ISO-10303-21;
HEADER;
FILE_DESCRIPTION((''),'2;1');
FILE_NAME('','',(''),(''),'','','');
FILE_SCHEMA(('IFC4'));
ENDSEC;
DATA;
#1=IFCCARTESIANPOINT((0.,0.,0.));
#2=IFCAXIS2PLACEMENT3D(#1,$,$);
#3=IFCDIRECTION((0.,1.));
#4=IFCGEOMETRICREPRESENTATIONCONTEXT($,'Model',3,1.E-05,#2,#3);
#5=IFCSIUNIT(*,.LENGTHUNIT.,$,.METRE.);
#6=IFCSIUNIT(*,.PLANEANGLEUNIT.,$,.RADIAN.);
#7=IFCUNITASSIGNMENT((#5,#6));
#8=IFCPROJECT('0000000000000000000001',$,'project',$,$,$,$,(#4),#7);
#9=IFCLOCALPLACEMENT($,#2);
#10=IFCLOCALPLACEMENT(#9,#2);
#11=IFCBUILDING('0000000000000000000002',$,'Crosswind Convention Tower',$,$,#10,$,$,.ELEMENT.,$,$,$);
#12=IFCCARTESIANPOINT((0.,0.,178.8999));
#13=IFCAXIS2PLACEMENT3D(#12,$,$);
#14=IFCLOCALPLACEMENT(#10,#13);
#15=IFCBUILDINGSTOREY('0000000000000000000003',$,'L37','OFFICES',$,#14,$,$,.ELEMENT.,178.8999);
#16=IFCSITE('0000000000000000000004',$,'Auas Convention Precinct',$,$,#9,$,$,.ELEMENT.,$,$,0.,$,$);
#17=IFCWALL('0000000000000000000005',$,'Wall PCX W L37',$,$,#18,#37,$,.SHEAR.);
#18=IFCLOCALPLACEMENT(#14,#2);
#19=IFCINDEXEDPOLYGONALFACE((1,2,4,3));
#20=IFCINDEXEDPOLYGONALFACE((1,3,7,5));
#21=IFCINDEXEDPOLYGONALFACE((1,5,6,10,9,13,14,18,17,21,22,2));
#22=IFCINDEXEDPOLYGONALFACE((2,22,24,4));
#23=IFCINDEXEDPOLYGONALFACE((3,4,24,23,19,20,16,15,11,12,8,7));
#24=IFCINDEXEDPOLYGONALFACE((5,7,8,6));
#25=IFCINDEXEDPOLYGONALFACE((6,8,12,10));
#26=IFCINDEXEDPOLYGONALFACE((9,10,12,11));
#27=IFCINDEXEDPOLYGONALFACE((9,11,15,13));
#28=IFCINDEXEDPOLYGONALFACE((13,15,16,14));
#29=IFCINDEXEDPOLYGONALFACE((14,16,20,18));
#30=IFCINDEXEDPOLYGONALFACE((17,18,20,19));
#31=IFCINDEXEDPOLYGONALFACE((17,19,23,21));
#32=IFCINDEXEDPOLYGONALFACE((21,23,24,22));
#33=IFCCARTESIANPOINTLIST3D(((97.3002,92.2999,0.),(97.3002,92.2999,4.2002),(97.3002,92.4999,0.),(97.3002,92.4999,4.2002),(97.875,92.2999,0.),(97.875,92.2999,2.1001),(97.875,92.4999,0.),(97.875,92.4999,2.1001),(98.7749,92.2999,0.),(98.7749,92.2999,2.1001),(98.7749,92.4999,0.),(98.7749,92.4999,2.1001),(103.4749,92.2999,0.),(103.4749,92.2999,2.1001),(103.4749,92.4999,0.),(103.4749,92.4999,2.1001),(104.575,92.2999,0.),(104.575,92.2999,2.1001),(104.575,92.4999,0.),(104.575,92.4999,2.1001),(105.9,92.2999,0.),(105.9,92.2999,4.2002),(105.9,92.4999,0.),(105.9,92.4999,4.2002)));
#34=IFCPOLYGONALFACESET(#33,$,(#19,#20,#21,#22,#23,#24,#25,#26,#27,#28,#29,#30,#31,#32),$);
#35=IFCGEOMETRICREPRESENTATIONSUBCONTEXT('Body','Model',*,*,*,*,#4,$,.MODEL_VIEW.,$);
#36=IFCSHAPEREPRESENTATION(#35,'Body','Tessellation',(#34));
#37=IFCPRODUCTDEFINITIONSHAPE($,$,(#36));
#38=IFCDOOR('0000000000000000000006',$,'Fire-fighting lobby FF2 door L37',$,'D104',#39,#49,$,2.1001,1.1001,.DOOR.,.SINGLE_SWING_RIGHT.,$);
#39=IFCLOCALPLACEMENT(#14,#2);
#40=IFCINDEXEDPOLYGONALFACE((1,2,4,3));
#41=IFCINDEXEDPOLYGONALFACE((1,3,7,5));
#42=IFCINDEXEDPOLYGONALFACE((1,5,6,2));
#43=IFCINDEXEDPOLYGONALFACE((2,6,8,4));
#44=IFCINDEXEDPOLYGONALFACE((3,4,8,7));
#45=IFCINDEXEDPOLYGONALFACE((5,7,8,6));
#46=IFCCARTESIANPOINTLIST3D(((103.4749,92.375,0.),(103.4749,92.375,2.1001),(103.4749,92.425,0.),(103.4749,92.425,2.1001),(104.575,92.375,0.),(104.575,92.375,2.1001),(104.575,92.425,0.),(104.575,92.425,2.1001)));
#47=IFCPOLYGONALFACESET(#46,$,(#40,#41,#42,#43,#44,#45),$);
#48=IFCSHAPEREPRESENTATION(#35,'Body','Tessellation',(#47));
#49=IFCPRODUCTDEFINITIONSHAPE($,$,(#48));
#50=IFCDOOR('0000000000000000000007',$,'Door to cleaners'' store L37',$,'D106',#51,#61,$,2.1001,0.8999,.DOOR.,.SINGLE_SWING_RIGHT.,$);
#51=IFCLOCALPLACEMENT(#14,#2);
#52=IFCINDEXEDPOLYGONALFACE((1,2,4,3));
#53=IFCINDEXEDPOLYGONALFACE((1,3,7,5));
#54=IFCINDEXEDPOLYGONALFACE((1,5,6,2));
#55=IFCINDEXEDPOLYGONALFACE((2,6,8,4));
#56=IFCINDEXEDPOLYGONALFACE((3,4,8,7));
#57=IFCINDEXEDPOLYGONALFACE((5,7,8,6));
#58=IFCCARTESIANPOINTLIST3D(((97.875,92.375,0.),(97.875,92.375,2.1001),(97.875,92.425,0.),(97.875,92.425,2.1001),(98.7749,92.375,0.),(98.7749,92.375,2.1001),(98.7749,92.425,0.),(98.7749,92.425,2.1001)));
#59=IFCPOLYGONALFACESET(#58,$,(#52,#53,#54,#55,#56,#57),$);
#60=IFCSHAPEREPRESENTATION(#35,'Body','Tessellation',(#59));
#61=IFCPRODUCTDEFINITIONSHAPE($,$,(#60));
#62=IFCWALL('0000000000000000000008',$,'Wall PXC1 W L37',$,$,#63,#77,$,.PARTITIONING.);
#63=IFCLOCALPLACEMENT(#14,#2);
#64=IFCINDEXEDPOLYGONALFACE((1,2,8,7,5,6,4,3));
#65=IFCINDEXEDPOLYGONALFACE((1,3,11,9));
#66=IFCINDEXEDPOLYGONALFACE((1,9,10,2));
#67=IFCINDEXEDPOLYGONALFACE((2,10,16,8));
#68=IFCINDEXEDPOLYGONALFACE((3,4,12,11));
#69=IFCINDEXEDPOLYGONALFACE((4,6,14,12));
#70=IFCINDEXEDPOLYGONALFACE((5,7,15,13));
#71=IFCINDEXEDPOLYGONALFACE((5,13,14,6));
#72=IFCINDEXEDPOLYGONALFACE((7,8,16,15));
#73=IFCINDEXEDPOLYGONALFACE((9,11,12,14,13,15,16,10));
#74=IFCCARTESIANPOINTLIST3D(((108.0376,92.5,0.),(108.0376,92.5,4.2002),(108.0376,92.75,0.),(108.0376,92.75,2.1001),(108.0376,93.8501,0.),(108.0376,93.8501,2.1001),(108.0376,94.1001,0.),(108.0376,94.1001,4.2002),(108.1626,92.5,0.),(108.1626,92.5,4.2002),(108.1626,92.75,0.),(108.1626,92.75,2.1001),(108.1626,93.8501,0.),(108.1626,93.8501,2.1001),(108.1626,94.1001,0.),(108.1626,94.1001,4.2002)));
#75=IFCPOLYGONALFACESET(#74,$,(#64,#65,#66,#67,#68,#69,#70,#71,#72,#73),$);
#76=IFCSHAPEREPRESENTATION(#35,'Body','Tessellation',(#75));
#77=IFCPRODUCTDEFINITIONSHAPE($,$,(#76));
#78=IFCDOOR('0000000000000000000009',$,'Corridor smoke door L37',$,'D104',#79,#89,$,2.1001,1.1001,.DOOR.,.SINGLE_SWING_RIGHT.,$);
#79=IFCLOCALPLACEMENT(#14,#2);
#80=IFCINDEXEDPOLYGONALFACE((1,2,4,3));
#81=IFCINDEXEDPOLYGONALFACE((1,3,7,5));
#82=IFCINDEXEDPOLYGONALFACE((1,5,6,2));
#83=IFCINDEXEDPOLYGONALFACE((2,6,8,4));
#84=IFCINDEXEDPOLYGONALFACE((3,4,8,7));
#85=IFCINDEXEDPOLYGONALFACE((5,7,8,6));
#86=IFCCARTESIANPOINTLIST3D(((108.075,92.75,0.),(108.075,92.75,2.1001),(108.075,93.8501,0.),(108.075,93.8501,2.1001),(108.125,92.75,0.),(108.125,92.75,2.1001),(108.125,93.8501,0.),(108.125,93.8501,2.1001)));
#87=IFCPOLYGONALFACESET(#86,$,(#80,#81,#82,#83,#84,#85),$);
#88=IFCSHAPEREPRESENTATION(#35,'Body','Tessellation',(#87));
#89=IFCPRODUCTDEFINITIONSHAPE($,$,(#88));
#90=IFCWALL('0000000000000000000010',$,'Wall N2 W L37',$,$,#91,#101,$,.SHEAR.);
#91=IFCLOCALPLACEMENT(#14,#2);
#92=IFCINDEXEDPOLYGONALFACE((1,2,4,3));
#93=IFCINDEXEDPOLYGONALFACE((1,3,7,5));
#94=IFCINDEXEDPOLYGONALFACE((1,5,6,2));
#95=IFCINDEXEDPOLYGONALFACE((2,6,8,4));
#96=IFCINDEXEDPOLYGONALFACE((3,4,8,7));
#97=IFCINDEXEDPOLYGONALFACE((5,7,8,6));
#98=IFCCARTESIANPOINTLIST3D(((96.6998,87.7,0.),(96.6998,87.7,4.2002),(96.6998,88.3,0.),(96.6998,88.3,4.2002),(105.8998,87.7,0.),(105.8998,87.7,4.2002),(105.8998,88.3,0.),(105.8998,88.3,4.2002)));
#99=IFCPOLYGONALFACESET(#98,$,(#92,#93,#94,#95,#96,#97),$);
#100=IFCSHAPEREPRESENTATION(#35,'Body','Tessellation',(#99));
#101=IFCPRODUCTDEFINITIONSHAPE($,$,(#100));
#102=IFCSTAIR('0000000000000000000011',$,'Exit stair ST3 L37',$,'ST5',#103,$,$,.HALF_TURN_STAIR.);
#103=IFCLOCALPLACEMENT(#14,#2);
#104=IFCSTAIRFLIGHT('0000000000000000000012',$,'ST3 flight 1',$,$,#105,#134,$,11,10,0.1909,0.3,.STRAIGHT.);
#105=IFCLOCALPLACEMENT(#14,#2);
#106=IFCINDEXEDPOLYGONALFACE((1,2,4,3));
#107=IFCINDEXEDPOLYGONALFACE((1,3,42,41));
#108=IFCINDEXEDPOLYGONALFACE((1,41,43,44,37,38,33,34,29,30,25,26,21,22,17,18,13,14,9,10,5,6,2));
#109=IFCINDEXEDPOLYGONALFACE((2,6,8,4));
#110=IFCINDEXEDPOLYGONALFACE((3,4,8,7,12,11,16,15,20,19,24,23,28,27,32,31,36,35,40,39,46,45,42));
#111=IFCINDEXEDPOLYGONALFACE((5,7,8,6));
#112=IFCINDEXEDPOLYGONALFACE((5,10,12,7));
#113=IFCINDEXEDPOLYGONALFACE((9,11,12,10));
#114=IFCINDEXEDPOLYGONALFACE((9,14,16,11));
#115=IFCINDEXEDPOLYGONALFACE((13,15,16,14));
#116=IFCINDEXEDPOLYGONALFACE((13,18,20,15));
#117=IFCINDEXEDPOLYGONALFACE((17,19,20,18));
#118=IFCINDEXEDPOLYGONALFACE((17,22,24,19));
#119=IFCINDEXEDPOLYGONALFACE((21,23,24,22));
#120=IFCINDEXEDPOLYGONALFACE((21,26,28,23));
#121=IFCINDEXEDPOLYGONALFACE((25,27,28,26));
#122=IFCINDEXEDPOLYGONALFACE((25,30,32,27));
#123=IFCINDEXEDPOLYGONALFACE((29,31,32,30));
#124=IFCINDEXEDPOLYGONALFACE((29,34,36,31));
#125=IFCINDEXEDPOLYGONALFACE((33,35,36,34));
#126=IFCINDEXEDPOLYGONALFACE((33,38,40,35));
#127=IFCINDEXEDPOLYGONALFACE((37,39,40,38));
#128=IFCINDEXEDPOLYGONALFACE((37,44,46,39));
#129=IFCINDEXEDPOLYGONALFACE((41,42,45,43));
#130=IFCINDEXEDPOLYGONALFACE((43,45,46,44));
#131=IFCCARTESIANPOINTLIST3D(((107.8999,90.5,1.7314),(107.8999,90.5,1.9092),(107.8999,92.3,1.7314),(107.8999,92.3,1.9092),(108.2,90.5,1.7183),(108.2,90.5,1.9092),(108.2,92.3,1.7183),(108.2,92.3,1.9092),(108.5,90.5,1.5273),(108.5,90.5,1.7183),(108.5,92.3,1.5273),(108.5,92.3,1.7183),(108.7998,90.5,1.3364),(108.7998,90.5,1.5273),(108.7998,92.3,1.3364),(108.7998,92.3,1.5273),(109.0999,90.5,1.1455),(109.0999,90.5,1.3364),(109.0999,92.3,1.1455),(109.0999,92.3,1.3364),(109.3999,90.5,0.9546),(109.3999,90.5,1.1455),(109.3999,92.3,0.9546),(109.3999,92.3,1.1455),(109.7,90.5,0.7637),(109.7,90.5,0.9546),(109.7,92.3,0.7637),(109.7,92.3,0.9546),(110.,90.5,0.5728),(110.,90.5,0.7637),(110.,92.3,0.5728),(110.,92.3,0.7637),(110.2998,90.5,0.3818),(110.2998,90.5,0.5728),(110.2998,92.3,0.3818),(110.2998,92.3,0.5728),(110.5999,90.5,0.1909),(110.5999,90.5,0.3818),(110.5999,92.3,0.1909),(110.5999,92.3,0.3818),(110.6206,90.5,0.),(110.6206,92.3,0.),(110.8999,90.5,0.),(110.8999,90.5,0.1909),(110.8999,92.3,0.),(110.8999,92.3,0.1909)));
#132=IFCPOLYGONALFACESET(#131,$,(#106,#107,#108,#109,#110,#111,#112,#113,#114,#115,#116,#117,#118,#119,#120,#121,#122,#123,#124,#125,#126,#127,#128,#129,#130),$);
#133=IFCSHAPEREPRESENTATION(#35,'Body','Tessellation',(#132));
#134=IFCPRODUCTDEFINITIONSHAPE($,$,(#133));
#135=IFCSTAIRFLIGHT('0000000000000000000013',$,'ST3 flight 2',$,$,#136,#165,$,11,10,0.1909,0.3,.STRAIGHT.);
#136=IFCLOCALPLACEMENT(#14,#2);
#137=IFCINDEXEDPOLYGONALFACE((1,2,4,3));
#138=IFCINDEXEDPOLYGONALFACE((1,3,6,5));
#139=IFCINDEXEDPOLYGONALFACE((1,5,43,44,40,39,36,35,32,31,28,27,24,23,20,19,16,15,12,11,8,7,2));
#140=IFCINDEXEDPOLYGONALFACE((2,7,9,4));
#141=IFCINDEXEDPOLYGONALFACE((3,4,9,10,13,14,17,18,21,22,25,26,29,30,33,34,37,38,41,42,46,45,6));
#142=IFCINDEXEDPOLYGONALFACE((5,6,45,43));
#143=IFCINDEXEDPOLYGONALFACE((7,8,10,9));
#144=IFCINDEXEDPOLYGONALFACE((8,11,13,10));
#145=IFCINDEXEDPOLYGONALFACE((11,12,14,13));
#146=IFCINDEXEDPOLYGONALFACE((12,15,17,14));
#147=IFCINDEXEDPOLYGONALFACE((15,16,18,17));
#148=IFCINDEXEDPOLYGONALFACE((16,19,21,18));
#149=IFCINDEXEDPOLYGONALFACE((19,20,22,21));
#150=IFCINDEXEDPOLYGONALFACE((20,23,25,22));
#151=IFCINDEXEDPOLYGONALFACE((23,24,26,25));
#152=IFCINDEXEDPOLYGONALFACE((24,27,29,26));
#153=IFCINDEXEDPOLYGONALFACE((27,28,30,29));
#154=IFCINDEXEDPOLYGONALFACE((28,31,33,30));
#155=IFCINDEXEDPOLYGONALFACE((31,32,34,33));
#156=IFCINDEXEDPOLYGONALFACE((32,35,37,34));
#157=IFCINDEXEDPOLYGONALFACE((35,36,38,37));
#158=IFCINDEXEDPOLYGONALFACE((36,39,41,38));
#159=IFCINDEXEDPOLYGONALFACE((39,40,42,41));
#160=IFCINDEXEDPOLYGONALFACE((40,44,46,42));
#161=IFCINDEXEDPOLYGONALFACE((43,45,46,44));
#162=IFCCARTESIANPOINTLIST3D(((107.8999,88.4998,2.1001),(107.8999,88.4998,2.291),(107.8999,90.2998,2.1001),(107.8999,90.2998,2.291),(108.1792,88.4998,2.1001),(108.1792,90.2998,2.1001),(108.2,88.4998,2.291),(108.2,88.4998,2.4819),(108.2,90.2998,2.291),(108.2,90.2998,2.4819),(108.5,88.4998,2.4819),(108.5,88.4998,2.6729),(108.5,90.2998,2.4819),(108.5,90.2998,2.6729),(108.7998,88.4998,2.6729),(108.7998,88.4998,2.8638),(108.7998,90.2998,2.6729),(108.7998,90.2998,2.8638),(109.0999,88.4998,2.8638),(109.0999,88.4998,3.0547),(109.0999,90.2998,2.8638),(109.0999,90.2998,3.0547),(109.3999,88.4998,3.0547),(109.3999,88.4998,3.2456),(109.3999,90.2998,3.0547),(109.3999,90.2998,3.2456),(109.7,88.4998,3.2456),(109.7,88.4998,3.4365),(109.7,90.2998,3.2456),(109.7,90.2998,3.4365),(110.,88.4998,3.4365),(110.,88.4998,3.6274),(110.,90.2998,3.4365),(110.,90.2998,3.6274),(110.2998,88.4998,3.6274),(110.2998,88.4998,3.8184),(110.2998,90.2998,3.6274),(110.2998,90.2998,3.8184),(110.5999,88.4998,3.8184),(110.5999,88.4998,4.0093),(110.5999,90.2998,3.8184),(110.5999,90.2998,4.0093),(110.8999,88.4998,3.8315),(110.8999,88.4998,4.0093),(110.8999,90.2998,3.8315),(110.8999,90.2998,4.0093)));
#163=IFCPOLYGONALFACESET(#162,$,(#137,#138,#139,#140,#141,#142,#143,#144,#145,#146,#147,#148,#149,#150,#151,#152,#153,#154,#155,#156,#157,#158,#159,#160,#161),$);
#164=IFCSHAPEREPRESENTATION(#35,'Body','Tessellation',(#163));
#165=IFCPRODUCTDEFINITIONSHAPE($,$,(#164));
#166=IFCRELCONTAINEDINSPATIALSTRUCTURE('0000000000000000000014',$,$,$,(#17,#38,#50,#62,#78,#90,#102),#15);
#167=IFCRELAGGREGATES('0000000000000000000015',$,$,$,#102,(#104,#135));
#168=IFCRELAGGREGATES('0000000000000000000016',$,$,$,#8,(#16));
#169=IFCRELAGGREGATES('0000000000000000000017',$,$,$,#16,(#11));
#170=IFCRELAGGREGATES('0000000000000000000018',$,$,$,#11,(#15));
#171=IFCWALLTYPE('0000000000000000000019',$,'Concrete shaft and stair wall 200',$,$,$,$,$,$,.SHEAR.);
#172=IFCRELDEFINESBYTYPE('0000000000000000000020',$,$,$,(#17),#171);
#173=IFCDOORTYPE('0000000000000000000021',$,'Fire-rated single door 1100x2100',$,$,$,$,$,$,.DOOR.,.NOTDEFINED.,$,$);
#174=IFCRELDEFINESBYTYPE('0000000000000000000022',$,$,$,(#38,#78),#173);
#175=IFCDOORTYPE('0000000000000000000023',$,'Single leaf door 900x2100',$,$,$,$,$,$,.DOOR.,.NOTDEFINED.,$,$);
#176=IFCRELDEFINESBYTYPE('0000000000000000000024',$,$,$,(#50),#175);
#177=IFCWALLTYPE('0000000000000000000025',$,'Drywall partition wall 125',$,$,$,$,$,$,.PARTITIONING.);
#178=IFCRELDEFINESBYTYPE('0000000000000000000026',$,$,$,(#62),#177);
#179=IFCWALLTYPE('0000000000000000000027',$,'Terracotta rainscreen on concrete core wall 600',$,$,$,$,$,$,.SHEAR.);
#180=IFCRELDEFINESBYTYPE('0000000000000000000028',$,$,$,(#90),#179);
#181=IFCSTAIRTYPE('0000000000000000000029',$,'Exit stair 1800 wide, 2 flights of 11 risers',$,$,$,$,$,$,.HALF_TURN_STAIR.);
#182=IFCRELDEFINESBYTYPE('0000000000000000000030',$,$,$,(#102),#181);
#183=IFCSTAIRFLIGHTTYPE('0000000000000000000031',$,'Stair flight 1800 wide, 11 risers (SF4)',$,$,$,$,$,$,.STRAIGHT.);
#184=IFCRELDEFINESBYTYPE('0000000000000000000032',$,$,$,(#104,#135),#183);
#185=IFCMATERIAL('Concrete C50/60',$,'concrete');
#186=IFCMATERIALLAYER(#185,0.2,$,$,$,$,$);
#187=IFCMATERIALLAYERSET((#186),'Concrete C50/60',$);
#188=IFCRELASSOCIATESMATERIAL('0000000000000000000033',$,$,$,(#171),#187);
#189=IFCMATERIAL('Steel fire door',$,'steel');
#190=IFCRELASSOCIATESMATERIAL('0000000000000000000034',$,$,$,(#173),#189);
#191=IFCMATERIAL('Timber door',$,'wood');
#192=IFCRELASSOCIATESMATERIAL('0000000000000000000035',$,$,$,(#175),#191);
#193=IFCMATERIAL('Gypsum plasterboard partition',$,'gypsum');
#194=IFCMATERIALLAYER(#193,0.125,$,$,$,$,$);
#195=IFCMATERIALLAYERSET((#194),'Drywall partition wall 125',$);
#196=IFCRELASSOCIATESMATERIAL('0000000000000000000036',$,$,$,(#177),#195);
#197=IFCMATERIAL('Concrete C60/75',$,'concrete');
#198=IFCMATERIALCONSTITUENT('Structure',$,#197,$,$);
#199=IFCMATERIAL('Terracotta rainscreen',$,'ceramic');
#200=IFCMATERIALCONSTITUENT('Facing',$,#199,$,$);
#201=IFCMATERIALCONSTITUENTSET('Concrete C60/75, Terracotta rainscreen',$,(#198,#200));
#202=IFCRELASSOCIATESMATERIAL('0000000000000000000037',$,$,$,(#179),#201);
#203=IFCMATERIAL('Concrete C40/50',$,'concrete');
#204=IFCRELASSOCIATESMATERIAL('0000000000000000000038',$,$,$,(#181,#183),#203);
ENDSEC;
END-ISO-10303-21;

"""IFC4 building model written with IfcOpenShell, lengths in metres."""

from ifc_helpers import new_model, si_unit, direction, frame, frame_2d, origin, place, context, subcontext, project, spatial, polyline, rectangle, outline, extrude, material, layer, layer_set, constituent, constituent_set, type_object, element, fill, aggregate, save


model = new_model("IFC4")

# Units and contexts
model_context = context("Model", 3, precision=1e-05, world=origin(), true_north=direction((0.0, 1.0)))
body_context = subcontext(model_context, "Body", "Model", "MODEL_VIEW")
ifc_project = project(units=[si_unit("LENGTHUNIT", "METRE"), si_unit("PLANEANGLEUNIT", "RADIAN")], contexts=[model_context])

# Site, building, storey
site_placement = place(None, origin())
site = spatial("IfcSite", under=ifc_project, at=site_placement, Name="Auas Convention Precinct", CompositionType="ELEMENT", RefElevation=0.0)
building_placement = place(site_placement, origin())
building = spatial("IfcBuilding", under=site, at=building_placement, Name="Crosswind Convention Tower", CompositionType="ELEMENT")
storey_placement = place(building_placement, frame((0.0, 0.0, 178.8999)))
storey = spatial("IfcBuildingStorey", under=building, at=storey_placement, Name="L37", Description="OFFICES", CompositionType="ELEMENT", Elevation=178.8999)

# Shared definitions
ifc_material_1 = material(Name="Concrete C50/60", Category="concrete")
ifc_layer_1 = layer(ifc_material_1, 0.2)
ifc_layer_set_1 = layer_set([ifc_layer_1], Name="Concrete C50/60")
wall_type_1 = type_object("IfcWallType", Name="Concrete shaft and stair wall 200", PredefinedType="SHEAR", material=ifc_layer_set_1)

# Wall, openings, doors
wall_1_placement = place(storey_placement, frame((105.8999, 92.3999, 0.0), z_axis=(0.0, 0.0, 1.0), x_axis=(-1.0, 0.0, 0.0)))
wall_1 = element("IfcWall", 1, at=wall_1_placement, inside=storey, type_object=wall_type_1, Name="Wall PCX W L37", PredefinedType="SHEAR", context=body_context, shape_type="SweptSolid", body=[
    extrude(rectangle(XDim=8.5999, YDim=0.2, at=frame_2d((4.2998, 0.0))), origin(), (0.0, 0.0, 1.0), 4.2002),
])
opening_1_placement = place(wall_1_placement, frame((1.325, 0.0, 0.0)))
opening_1 = element("IfcOpeningElement", 2, at=opening_1_placement, cuts=wall_1, PredefinedType="OPENING", context=body_context, shape_type="SweptSolid", body=[
    extrude(rectangle(XDim=1.1001, YDim=2.1001, at=frame_2d((0.55, 1.05))), frame((0.0, 0.1099, 0.0), z_axis=(0.0, -1.0, 0.0), x_axis=(1.0, 0.0, 0.0)), (0.0, 0.0, 1.0), 0.22),
])
opening_2_placement = place(wall_1_placement, frame((7.125, 0.0, 0.0)))
opening_2 = element("IfcOpeningElement", 3, at=opening_2_placement, cuts=wall_1, PredefinedType="OPENING", context=body_context, shape_type="SweptSolid", body=[
    extrude(rectangle(XDim=0.8999, YDim=2.1001, at=frame_2d((0.45, 1.05))), frame((0.0, 0.1099, 0.0), z_axis=(0.0, -1.0, 0.0), x_axis=(1.0, 0.0, 0.0)), (0.0, 0.0, 1.0), 0.22),
])
ifc_material_2 = material(Name="Steel fire door", Category="steel")
door_type_1 = type_object("IfcDoorType", Name="Fire-rated single door 1100x2100", OperationType="NOTDEFINED", PredefinedType="DOOR", material=ifc_material_2)
door_1_placement = place(opening_1_placement, origin())
door_1 = element("IfcDoor", 4, at=door_1_placement, inside=storey, type_object=door_type_1, Name="Fire-fighting lobby FF2 door L37", ObjectType="D104", OperationType="SINGLE_SWING_RIGHT", OverallHeight=2.1001, OverallWidth=1.1001, PredefinedType="DOOR", context=body_context, shape_type="SweptSolid", body=[
    extrude(rectangle(XDim=1.1001, YDim=2.1001, at=frame_2d((0.55, 1.05))), frame((0.0, 0.0249, 0.0), z_axis=(0.0, -1.0, 0.0), x_axis=(1.0, 0.0, 0.0)), (0.0, 0.0, 1.0), 0.05),
])
fill(opening_1, door_1)
ifc_material_3 = material(Name="Timber door", Category="wood")
door_type_2 = type_object("IfcDoorType", Name="Single leaf door 900x2100", OperationType="NOTDEFINED", PredefinedType="DOOR", material=ifc_material_3)
door_2_placement = place(opening_2_placement, origin())
door_2 = element("IfcDoor", 5, at=door_2_placement, inside=storey, type_object=door_type_2, Name="Door to cleaners' store L37", ObjectType="D106", OperationType="SINGLE_SWING_RIGHT", OverallHeight=2.1001, OverallWidth=0.8999, PredefinedType="DOOR", context=body_context, shape_type="SweptSolid", body=[
    extrude(rectangle(XDim=0.8999, YDim=2.1001, at=frame_2d((0.45, 1.05))), frame((0.0, 0.0249, 0.0), z_axis=(0.0, -1.0, 0.0), x_axis=(1.0, 0.0, 0.0)), (0.0, 0.0, 1.0), 0.05),
])
fill(opening_2, door_2)

# Wall, opening, door
ifc_material_4 = material(Name="Gypsum plasterboard partition", Category="gypsum")
ifc_layer_2 = layer(ifc_material_4, 0.125)
ifc_layer_set_2 = layer_set([ifc_layer_2], Name="Drywall partition wall 125")
wall_type_2 = type_object("IfcWallType", Name="Drywall partition wall 125", PredefinedType="PARTITIONING", material=ifc_layer_set_2)
wall_2_placement = place(storey_placement, frame((108.1001, 94.1001, 0.0), z_axis=(0.0, 0.0, 1.0), x_axis=(0.0, -1.0, 0.0)))
wall_2 = element("IfcWall", 6, at=wall_2_placement, inside=storey, type_object=wall_type_2, Name="Wall PXC1 W L37", PredefinedType="PARTITIONING", context=body_context, shape_type="SweptSolid", body=[
    extrude(rectangle(XDim=1.6001, YDim=0.125, at=frame_2d((0.8, 0.0))), origin(), (0.0, 0.0, 1.0), 4.2002),
])
opening_3_placement = place(wall_2_placement, frame((0.25, 0.0, 0.0)))
opening_3 = element("IfcOpeningElement", 7, at=opening_3_placement, cuts=wall_2, PredefinedType="OPENING", context=body_context, shape_type="SweptSolid", body=[
    extrude(rectangle(XDim=1.1001, YDim=2.1001, at=frame_2d((0.55, 1.05))), frame((0.0, 0.0725, 0.0), z_axis=(0.0, -1.0, 0.0), x_axis=(1.0, 0.0, 0.0)), (0.0, 0.0, 1.0), 0.145),
])
door_3_placement = place(opening_3_placement, origin())
door_3 = element("IfcDoor", 8, at=door_3_placement, inside=storey, type_object=door_type_1, Name="Corridor smoke door L37", ObjectType="D104", OperationType="SINGLE_SWING_RIGHT", OverallHeight=2.1001, OverallWidth=1.1001, PredefinedType="DOOR", context=body_context, shape_type="SweptSolid", body=[
    extrude(rectangle(XDim=1.1001, YDim=2.1001, at=frame_2d((0.55, 1.05))), frame((0.0, 0.0249, 0.0), z_axis=(0.0, -1.0, 0.0), x_axis=(1.0, 0.0, 0.0)), (0.0, 0.0, 1.0), 0.05),
])
fill(opening_3, door_3)

# Wall
ifc_material_5 = material(Name="Concrete C60/75", Category="concrete")
ifc_constituent_1 = constituent(ifc_material_5, Name="Structure")
ifc_material_6 = material(Name="Terracotta rainscreen", Category="ceramic")
ifc_constituent_2 = constituent(ifc_material_6, Name="Facing")
ifc_constituent_set = constituent_set(constituents=[ifc_constituent_1, ifc_constituent_2], Name="Concrete C60/75, Terracotta rainscreen")
wall_type_3 = type_object("IfcWallType", Name="Terracotta rainscreen on concrete core wall 600", PredefinedType="SHEAR", material=ifc_constituent_set)
wall_3_placement = place(storey_placement, frame((105.8999, 88.0, 0.0), z_axis=(0.0, 0.0, 1.0), x_axis=(-1.0, 0.0, 0.0)))
element("IfcWall", 9, at=wall_3_placement, inside=storey, type_object=wall_type_3, Name="Wall N2 W L37", PredefinedType="SHEAR", context=body_context, shape_type="SweptSolid", body=[
    extrude(rectangle(XDim=9.2, YDim=0.6001, at=frame_2d((4.6001, 0.0))), origin(), (0.0, 0.0, 1.0), 4.2002),
])

# Stair, stair flights
ifc_material_7 = material(Name="Concrete C40/50", Category="concrete")
stair_type = type_object("IfcStairType", Name="Exit stair 1800 wide, 2 flights of 11 risers", PredefinedType="HALF_TURN_STAIR", material=ifc_material_7)
stair_placement = place(storey_placement, origin())
stair = element("IfcStair", 10, at=stair_placement, inside=storey, type_object=stair_type, Name="Exit stair ST3 L37", ObjectType="ST5", PredefinedType="HALF_TURN_STAIR")
stair_flight_type = type_object("IfcStairFlightType", Name="Stair flight 1800 wide, 11 risers (SF4)", PredefinedType="STRAIGHT", material=ifc_material_7)
stair_flight_1_placement = place(storey_placement, frame((110.8999, 91.3999, 0.0), z_axis=(0.0, 0.0, 1.0), x_axis=(-1.0, 0.0, 0.0)))
stair_flight_1 = element("IfcStairFlight", 11, at=stair_flight_1_placement, type_object=stair_flight_type, Name="ST3 flight 1", NumberOfRisers=11, NumberOfTreads=10, PredefinedType="STRAIGHT", RiserHeight=0.1909, TreadLength=0.3, context=body_context, shape_type="SweptSolid", body=[
    extrude(outline(polyline([(0.0, 0.0), (0.0, 0.1909), (0.3, 0.1909), (0.3, 0.3818), (0.6001, 0.3818), (0.6001, 0.5728), (0.8999, 0.5728), (0.8999, 0.7637), (1.2, 0.7637), (1.2, 0.9546), (1.5, 0.9546), (1.5, 1.1455), (1.8, 1.1455), (1.8, 1.3364), (2.1001, 1.3364), (2.1001, 1.5273), (2.3999, 1.5273), (2.3999, 1.7183), (2.7, 1.7183), (2.7, 1.9092), (3.0, 1.9092), (3.0, 2.1001), (3.0, 1.7314), (0.2793, 0.0), (0.0, 0.0)])), frame((0.0, 0.8999, 0.0), z_axis=(0.0, -1.0, 0.0), x_axis=(1.0, 0.0, 0.0)), (0.0, 0.0, 1.0), 1.8),
])
stair_flight_2_placement = place(storey_placement, frame((107.8999, 89.3999, 2.1001), z_axis=(0.0, 0.0, 1.0), x_axis=(1.0, 0.0, 0.0)))
stair_flight_2 = element("IfcStairFlight", 12, at=stair_flight_2_placement, type_object=stair_flight_type, Name="ST3 flight 2", NumberOfRisers=11, NumberOfTreads=10, PredefinedType="STRAIGHT", RiserHeight=0.1909, TreadLength=0.3, context=body_context, shape_type="SweptSolid", body=[
    extrude(outline(polyline([(0.0, 0.0), (0.0, 0.1909), (0.3, 0.1909), (0.3, 0.3818), (0.6001, 0.3818), (0.6001, 0.5728), (0.8999, 0.5728), (0.8999, 0.7637), (1.2, 0.7637), (1.2, 0.9546), (1.5, 0.9546), (1.5, 1.1455), (1.8, 1.1455), (1.8, 1.3364), (2.1001, 1.3364), (2.1001, 1.5273), (2.3999, 1.5273), (2.3999, 1.7183), (2.7, 1.7183), (2.7, 1.9092), (3.0, 1.9092), (3.0, 2.1001), (3.0, 1.7314), (0.2793, 0.0), (0.0, 0.0)])), frame((0.0, 0.8999, 0.0), z_axis=(0.0, -1.0, 0.0), x_axis=(1.0, 0.0, 0.0)), (0.0, 0.0, 1.0), 1.8),
])
aggregate(stair, [stair_flight_1, stair_flight_2])

save(model, "model.ifc")
